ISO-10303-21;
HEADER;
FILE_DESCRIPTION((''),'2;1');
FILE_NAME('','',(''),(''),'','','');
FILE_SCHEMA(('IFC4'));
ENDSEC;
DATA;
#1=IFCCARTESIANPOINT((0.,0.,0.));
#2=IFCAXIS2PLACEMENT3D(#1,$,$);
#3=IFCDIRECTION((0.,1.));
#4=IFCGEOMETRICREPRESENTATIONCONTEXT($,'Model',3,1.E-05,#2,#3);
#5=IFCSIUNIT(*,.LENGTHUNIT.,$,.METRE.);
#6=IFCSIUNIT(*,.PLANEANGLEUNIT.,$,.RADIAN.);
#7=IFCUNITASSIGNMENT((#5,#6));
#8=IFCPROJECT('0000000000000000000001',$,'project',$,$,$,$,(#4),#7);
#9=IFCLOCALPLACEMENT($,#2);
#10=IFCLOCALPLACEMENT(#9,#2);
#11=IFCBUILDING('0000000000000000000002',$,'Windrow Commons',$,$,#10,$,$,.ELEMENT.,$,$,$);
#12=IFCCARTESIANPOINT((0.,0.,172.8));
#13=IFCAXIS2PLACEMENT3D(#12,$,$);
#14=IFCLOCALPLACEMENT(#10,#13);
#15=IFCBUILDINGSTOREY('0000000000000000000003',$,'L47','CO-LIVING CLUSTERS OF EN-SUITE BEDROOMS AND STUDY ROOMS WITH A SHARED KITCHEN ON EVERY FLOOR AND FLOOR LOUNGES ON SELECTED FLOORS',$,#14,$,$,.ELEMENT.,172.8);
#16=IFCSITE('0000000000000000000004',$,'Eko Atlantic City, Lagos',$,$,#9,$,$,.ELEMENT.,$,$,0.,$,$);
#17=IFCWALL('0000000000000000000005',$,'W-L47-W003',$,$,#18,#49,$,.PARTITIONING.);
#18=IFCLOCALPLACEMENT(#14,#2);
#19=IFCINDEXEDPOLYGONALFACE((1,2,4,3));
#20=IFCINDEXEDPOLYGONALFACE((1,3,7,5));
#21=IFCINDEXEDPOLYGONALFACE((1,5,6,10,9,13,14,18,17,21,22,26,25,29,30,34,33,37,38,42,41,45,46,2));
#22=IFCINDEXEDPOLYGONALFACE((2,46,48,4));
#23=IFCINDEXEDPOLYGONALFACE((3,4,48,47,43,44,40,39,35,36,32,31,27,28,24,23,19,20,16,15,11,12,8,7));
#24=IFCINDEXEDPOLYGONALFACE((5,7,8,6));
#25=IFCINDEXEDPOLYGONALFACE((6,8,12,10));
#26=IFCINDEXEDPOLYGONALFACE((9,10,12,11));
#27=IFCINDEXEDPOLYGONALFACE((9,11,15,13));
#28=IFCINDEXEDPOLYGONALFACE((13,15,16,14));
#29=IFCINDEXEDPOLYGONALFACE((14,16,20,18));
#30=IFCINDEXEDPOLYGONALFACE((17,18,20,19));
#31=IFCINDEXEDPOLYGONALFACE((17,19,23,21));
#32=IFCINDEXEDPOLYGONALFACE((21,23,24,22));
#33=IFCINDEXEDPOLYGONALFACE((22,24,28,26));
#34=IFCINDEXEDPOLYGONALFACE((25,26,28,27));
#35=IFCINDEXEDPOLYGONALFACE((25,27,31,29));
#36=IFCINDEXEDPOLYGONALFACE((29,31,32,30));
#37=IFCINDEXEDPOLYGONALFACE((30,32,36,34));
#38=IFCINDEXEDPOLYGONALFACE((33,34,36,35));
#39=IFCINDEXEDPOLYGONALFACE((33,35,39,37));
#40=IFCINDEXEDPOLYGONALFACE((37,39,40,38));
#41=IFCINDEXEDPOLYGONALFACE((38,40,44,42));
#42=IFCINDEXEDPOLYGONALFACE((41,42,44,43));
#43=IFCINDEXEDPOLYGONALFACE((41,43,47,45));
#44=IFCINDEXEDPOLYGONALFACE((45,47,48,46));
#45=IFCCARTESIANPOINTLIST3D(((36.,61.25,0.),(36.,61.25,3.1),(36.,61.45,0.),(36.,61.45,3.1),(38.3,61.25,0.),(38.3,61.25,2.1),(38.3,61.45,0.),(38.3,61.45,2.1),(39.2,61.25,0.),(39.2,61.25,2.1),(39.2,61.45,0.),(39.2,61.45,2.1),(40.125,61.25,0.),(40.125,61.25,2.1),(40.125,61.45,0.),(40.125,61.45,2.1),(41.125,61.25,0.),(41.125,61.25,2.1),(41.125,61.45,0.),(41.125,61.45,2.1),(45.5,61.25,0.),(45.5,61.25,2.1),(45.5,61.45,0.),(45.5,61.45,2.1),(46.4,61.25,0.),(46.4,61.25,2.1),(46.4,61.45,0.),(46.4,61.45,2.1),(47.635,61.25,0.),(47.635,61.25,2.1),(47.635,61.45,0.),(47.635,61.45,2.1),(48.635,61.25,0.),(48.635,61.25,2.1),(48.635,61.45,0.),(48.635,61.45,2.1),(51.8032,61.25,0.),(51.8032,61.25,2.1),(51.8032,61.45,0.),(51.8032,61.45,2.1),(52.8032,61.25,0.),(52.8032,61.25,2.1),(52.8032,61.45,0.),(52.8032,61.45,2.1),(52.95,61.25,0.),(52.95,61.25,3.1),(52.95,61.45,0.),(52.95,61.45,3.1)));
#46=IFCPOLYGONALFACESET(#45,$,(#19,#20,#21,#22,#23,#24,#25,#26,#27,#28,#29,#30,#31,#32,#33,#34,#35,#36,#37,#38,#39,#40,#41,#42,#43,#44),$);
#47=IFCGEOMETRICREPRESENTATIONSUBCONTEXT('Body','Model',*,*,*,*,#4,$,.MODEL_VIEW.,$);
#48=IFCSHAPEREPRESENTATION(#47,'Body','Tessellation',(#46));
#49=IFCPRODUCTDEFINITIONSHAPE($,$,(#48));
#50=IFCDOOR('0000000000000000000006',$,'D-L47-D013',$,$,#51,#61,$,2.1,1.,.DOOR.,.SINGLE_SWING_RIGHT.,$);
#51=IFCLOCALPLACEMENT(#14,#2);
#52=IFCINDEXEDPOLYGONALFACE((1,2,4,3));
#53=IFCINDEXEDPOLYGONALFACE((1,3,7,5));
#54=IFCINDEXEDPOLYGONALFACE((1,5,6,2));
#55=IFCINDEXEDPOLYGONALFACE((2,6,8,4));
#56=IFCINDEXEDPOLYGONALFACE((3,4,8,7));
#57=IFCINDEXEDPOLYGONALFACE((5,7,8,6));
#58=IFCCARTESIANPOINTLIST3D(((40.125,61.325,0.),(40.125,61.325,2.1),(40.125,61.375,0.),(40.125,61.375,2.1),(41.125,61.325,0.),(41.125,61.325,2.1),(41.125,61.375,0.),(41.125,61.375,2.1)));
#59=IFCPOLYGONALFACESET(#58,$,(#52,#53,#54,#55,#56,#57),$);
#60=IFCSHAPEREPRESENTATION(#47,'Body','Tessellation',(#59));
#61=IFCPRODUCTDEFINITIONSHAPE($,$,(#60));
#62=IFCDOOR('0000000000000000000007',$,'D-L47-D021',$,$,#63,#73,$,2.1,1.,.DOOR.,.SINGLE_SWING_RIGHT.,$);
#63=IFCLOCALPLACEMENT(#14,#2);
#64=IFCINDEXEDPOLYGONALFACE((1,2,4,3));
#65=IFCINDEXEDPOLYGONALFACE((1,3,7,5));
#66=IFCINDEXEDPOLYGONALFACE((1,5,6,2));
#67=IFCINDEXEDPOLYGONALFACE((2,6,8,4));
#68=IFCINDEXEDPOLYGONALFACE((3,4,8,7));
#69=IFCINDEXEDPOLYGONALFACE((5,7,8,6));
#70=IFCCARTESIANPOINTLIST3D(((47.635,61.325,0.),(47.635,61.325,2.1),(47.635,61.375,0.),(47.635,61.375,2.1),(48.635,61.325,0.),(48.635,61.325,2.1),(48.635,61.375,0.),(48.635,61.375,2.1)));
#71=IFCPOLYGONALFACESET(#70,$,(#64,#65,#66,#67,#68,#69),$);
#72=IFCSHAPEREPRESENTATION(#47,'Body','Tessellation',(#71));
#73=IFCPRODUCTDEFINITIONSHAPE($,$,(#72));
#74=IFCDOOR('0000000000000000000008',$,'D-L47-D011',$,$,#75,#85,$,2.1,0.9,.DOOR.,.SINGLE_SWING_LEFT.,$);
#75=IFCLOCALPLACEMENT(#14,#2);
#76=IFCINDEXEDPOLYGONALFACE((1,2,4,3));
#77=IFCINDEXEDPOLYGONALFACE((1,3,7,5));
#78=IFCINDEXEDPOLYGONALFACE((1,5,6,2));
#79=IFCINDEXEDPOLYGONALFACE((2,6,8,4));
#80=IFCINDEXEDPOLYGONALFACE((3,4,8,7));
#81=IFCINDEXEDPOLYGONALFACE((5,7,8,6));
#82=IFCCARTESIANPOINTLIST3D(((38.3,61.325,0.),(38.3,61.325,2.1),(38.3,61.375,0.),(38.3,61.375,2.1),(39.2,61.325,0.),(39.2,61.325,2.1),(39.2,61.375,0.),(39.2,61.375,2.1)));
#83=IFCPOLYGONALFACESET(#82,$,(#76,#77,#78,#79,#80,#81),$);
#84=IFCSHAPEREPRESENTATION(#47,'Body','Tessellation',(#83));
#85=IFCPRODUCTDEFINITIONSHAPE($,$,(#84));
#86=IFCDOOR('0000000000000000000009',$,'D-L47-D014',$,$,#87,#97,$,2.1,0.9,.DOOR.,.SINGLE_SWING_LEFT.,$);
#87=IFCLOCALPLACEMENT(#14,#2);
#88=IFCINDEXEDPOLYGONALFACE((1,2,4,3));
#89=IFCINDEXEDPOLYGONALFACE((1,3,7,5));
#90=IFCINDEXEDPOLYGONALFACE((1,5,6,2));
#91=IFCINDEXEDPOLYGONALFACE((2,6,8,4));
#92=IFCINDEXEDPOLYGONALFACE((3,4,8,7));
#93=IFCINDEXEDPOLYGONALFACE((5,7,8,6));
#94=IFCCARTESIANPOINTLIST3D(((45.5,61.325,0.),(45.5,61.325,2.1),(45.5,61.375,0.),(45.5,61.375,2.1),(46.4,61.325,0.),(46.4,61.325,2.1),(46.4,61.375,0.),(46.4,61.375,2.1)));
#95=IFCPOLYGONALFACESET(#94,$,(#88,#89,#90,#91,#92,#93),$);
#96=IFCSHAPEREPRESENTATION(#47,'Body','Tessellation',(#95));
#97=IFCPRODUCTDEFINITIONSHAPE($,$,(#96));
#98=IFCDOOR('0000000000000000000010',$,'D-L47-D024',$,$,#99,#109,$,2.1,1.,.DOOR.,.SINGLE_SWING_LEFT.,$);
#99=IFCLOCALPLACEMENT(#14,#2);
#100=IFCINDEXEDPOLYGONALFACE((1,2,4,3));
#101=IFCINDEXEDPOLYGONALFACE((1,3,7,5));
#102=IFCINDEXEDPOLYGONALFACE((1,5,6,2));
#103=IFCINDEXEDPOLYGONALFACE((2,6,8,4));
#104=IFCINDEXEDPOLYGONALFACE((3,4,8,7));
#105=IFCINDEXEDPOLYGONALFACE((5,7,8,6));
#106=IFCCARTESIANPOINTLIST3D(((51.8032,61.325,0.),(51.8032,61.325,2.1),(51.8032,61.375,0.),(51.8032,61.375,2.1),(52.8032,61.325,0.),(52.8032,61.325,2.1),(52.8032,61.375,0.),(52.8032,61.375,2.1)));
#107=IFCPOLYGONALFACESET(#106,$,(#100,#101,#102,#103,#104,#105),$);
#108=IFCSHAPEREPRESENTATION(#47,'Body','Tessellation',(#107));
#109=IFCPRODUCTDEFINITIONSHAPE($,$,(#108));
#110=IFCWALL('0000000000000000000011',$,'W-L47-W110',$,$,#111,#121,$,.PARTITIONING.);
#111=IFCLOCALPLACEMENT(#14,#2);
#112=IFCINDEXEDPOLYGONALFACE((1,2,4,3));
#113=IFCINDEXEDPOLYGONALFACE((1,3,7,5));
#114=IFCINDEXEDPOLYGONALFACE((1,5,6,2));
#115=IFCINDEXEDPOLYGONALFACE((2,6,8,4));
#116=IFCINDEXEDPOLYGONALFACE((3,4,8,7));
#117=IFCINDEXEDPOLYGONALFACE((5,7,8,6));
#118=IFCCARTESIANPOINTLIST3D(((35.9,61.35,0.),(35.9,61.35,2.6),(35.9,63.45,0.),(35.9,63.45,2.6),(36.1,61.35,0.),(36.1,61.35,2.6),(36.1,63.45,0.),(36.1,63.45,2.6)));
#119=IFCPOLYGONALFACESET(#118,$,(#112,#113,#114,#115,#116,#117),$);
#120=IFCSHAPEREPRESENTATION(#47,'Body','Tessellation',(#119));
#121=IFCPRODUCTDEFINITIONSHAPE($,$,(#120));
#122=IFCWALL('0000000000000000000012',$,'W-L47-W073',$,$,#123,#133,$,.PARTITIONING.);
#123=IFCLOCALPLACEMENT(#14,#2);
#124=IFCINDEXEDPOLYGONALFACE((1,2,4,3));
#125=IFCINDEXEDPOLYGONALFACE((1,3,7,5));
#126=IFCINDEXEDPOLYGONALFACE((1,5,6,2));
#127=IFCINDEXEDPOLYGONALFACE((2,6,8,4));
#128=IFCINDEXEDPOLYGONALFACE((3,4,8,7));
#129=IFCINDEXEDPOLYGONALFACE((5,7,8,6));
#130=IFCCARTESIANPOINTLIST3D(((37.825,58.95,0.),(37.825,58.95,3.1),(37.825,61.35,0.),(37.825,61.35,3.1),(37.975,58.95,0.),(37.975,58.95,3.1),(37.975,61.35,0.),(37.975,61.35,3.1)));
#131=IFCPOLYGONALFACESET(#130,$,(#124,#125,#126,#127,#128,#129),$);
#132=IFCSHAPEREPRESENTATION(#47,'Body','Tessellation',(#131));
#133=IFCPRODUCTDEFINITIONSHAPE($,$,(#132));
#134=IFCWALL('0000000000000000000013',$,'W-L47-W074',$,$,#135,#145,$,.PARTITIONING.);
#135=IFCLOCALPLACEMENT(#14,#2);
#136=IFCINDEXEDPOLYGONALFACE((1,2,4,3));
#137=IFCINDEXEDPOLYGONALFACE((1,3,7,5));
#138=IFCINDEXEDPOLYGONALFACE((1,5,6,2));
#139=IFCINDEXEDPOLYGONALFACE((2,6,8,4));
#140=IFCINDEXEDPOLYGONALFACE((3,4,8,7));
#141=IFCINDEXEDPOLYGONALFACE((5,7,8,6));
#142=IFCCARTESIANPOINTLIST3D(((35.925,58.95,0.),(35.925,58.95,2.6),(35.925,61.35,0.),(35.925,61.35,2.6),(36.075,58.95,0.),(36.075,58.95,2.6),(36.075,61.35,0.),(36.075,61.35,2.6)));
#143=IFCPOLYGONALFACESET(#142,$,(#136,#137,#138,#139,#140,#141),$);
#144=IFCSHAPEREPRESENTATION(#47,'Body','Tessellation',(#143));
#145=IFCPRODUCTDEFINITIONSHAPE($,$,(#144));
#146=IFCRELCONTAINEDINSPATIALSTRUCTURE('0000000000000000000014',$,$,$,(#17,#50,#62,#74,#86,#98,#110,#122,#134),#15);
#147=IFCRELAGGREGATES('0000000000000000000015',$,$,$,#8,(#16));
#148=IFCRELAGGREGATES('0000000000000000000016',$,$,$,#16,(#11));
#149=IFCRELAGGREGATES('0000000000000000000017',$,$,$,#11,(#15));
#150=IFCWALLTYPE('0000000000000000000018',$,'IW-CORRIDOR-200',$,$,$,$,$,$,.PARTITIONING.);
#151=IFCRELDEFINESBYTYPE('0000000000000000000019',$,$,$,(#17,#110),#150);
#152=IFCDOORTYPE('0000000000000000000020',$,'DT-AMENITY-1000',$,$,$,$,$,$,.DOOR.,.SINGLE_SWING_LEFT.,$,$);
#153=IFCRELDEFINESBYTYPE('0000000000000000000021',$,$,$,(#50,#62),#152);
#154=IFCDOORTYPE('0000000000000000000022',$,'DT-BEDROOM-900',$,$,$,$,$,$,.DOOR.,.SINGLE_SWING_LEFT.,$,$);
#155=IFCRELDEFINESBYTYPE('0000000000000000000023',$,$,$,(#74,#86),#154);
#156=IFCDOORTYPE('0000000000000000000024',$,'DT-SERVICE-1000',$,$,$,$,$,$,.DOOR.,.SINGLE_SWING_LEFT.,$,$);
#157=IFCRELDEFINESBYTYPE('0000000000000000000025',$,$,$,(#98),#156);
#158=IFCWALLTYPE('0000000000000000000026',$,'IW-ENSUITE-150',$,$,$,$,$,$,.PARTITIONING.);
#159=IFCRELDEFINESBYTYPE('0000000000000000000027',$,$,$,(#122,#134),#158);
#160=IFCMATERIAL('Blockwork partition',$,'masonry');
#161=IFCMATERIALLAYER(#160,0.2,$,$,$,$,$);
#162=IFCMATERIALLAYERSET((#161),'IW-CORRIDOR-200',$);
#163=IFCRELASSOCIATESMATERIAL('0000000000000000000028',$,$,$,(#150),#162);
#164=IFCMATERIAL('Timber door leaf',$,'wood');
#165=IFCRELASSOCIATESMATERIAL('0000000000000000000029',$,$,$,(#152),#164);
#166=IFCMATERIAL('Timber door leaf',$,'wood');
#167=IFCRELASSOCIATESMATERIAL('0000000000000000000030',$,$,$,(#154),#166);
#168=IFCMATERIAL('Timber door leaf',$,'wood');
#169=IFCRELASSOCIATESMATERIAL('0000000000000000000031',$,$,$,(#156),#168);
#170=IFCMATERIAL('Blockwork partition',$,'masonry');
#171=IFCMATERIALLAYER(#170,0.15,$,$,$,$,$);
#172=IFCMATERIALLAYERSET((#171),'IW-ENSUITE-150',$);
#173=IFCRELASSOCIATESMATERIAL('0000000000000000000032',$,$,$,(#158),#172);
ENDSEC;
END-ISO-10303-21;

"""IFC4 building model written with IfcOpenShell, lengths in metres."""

from ifc_helpers import new_model, si_unit, direction, frame, frame_2d, origin, place, context, subcontext, project, spatial, rectangle, extrude, material, layer, layer_set, type_object, element, fill, save


model = new_model("IFC4")

# Units and contexts
model_context = context("Model", 3, precision=1e-05, world=origin(), true_north=direction((0.0, 1.0)))
body_context = subcontext(model_context, "Body", "Model", "MODEL_VIEW")
ifc_project = project(units=[si_unit("LENGTHUNIT", "METRE"), si_unit("PLANEANGLEUNIT", "RADIAN")], contexts=[model_context])

# Site, building, storey
site_placement = place(None, origin())
site = spatial("IfcSite", under=ifc_project, at=site_placement, Name="Eko Atlantic City, Lagos", CompositionType="ELEMENT", RefElevation=0.0)
building_placement = place(site_placement, origin())
building = spatial("IfcBuilding", under=site, at=building_placement, Name="Windrow Commons", CompositionType="ELEMENT")
storey_placement = place(building_placement, frame((0.0, 0.0, 172.8)))
storey = spatial("IfcBuildingStorey", under=building, at=storey_placement, Name="L47", Description="CO-LIVING CLUSTERS OF EN-SUITE BEDROOMS AND STUDY ROOMS WITH A SHARED KITCHEN ON EVERY FLOOR AND FLOOR LOUNGES ON SELECTED FLOORS", CompositionType="ELEMENT", Elevation=172.8)

# Wall, openings, doors
ifc_material_1 = material(Name="Blockwork partition", Category="masonry")
ifc_layer_1 = layer(ifc_material_1, 0.2)
ifc_layer_set_1 = layer_set([ifc_layer_1], Name="IW-CORRIDOR-200")
wall_type_1 = type_object("IfcWallType", Name="IW-CORRIDOR-200", PredefinedType="PARTITIONING", material=ifc_layer_set_1)
wall_1_placement = place(storey_placement, frame((36.0, 61.35, 0.0), z_axis=(0.0, 0.0, 1.0), x_axis=(1.0, 0.0, 0.0)))
wall_1 = element("IfcWall", 1, at=wall_1_placement, inside=storey, type_object=wall_type_1, Name="W-L47-W003", PredefinedType="PARTITIONING", context=body_context, shape_type="SweptSolid", body=[
    extrude(rectangle(XDim=16.95, YDim=0.2, at=frame_2d((8.475, 0.0))), origin(), (0.0, 0.0, 1.0), 3.1),
])
opening_1_placement = place(wall_1_placement, frame((2.3, 0.0, 0.0)))
opening_1 = element("IfcOpeningElement", 2, at=opening_1_placement, cuts=wall_1, PredefinedType="OPENING", context=body_context, shape_type="SweptSolid", body=[
    extrude(rectangle(XDim=0.9, YDim=2.1, at=frame_2d((0.45, 1.05))), frame((0.0, 0.11, 0.0), z_axis=(0.0, -1.0, 0.0), x_axis=(1.0, 0.0, 0.0)), (0.0, 0.0, 1.0), 0.22),
])
opening_2_placement = place(wall_1_placement, frame((4.125, 0.0, 0.0)))
opening_2 = element("IfcOpeningElement", 3, at=opening_2_placement, cuts=wall_1, PredefinedType="OPENING", context=body_context, shape_type="SweptSolid", body=[
    extrude(rectangle(XDim=1.0, YDim=2.1, at=frame_2d((0.5, 1.05))), frame((0.0, 0.11, 0.0), z_axis=(0.0, -1.0, 0.0), x_axis=(1.0, 0.0, 0.0)), (0.0, 0.0, 1.0), 0.22),
])
opening_3_placement = place(wall_1_placement, frame((9.5, 0.0, 0.0)))
opening_3 = element("IfcOpeningElement", 4, at=opening_3_placement, cuts=wall_1, PredefinedType="OPENING", context=body_context, shape_type="SweptSolid", body=[
    extrude(rectangle(XDim=0.9, YDim=2.1, at=frame_2d((0.45, 1.05))), frame((0.0, 0.11, 0.0), z_axis=(0.0, -1.0, 0.0), x_axis=(1.0, 0.0, 0.0)), (0.0, 0.0, 1.0), 0.22),
])
opening_4_placement = place(wall_1_placement, frame((11.635, 0.0, 0.0)))
opening_4 = element("IfcOpeningElement", 5, at=opening_4_placement, cuts=wall_1, PredefinedType="OPENING", context=body_context, shape_type="SweptSolid", body=[
    extrude(rectangle(XDim=1.0, YDim=2.1, at=frame_2d((0.5, 1.05))), frame((0.0, 0.11, 0.0), z_axis=(0.0, -1.0, 0.0), x_axis=(1.0, 0.0, 0.0)), (0.0, 0.0, 1.0), 0.22),
])
opening_5_placement = place(wall_1_placement, frame((15.8032, 0.0, 0.0)))
opening_5 = element("IfcOpeningElement", 6, at=opening_5_placement, cuts=wall_1, PredefinedType="OPENING", context=body_context, shape_type="SweptSolid", body=[
    extrude(rectangle(XDim=1.0, YDim=2.1, at=frame_2d((0.5, 1.05))), frame((0.0, 0.11, 0.0), z_axis=(0.0, -1.0, 0.0), x_axis=(1.0, 0.0, 0.0)), (0.0, 0.0, 1.0), 0.22),
])
ifc_material_2 = material(Name="Timber door leaf", Category="wood")
door_type_1 = type_object("IfcDoorType", Name="DT-AMENITY-1000", OperationType="SINGLE_SWING_LEFT", PredefinedType="DOOR", material=ifc_material_2)
door_1_placement = place(opening_2_placement, origin())
door_1 = element("IfcDoor", 7, at=door_1_placement, inside=storey, type_object=door_type_1, Name="D-L47-D013", OperationType="SINGLE_SWING_RIGHT", OverallHeight=2.1, OverallWidth=1.0, PredefinedType="DOOR", context=body_context, shape_type="SweptSolid", body=[
    extrude(rectangle(XDim=1.0, YDim=2.1, at=frame_2d((0.5, 1.05))), frame((0.0, 0.025, 0.0), z_axis=(0.0, -1.0, 0.0), x_axis=(1.0, 0.0, 0.0)), (0.0, 0.0, 1.0), 0.05),
])
fill(opening_2, door_1)
door_2_placement = place(opening_4_placement, origin())
door_2 = element("IfcDoor", 8, at=door_2_placement, inside=storey, type_object=door_type_1, Name="D-L47-D021", OperationType="SINGLE_SWING_RIGHT", OverallHeight=2.1, OverallWidth=1.0, PredefinedType="DOOR", context=body_context, shape_type="SweptSolid", body=[
    extrude(rectangle(XDim=1.0, YDim=2.1, at=frame_2d((0.5, 1.05))), frame((0.0, 0.025, 0.0), z_axis=(0.0, -1.0, 0.0), x_axis=(1.0, 0.0, 0.0)), (0.0, 0.0, 1.0), 0.05),
])
fill(opening_4, door_2)
ifc_material_3 = material(Name="Timber door leaf", Category="wood")
door_type_2 = type_object("IfcDoorType", Name="DT-BEDROOM-900", OperationType="SINGLE_SWING_LEFT", PredefinedType="DOOR", material=ifc_material_3)
door_3_placement = place(opening_1_placement, origin())
door_3 = element("IfcDoor", 9, at=door_3_placement, inside=storey, type_object=door_type_2, Name="D-L47-D011", OperationType="SINGLE_SWING_LEFT", OverallHeight=2.1, OverallWidth=0.9, PredefinedType="DOOR", context=body_context, shape_type="SweptSolid", body=[
    extrude(rectangle(XDim=0.9, YDim=2.1, at=frame_2d((0.45, 1.05))), frame((0.0, 0.025, 0.0), z_axis=(0.0, -1.0, 0.0), x_axis=(1.0, 0.0, 0.0)), (0.0, 0.0, 1.0), 0.05),
])
fill(opening_1, door_3)
door_4_placement = place(opening_3_placement, origin())
door_4 = element("IfcDoor", 10, at=door_4_placement, inside=storey, type_object=door_type_2, Name="D-L47-D014", OperationType="SINGLE_SWING_LEFT", OverallHeight=2.1, OverallWidth=0.9, PredefinedType="DOOR", context=body_context, shape_type="SweptSolid", body=[
    extrude(rectangle(XDim=0.9, YDim=2.1, at=frame_2d((0.45, 1.05))), frame((0.0, 0.025, 0.0), z_axis=(0.0, -1.0, 0.0), x_axis=(1.0, 0.0, 0.0)), (0.0, 0.0, 1.0), 0.05),
])
fill(opening_3, door_4)
ifc_material_4 = material(Name="Timber door leaf", Category="wood")
door_type_3 = type_object("IfcDoorType", Name="DT-SERVICE-1000", OperationType="SINGLE_SWING_LEFT", PredefinedType="DOOR", material=ifc_material_4)
door_5_placement = place(opening_5_placement, origin())
door_5 = element("IfcDoor", 11, at=door_5_placement, inside=storey, type_object=door_type_3, Name="D-L47-D024", OperationType="SINGLE_SWING_LEFT", OverallHeight=2.1, OverallWidth=1.0, PredefinedType="DOOR", context=body_context, shape_type="SweptSolid", body=[
    extrude(rectangle(XDim=1.0, YDim=2.1, at=frame_2d((0.5, 1.05))), frame((0.0, 0.025, 0.0), z_axis=(0.0, -1.0, 0.0), x_axis=(1.0, 0.0, 0.0)), (0.0, 0.0, 1.0), 0.05),
])
fill(opening_5, door_5)

# Walls
wall_2_placement = place(storey_placement, frame((36.0, 61.35, 0.0), z_axis=(0.0, 0.0, 1.0), x_axis=(0.0, 1.0, 0.0)))
element("IfcWall", 12, at=wall_2_placement, inside=storey, type_object=wall_type_1, Name="W-L47-W110", PredefinedType="PARTITIONING", context=body_context, shape_type="SweptSolid", body=[
    extrude(rectangle(XDim=2.1, YDim=0.2, at=frame_2d((1.05, 0.0))), origin(), (0.0, 0.0, 1.0), 2.6),
])
ifc_material_5 = material(Name="Blockwork partition", Category="masonry")
ifc_layer_2 = layer(ifc_material_5, 0.15)
ifc_layer_set_2 = layer_set([ifc_layer_2], Name="IW-ENSUITE-150")
wall_type_2 = type_object("IfcWallType", Name="IW-ENSUITE-150", PredefinedType="PARTITIONING", material=ifc_layer_set_2)
wall_3_placement = place(storey_placement, frame((37.9, 58.95, 0.0), z_axis=(0.0, 0.0, 1.0), x_axis=(0.0, 1.0, 0.0)))
element("IfcWall", 13, at=wall_3_placement, inside=storey, type_object=wall_type_2, Name="W-L47-W073", PredefinedType="PARTITIONING", context=body_context, shape_type="SweptSolid", body=[
    extrude(rectangle(XDim=2.4, YDim=0.15, at=frame_2d((1.2, 0.0))), origin(), (0.0, 0.0, 1.0), 3.1),
])
wall_4_placement = place(storey_placement, frame((36.0, 58.95, 0.0), z_axis=(0.0, 0.0, 1.0), x_axis=(0.0, 1.0, 0.0)))
element("IfcWall", 14, at=wall_4_placement, inside=storey, type_object=wall_type_2, Name="W-L47-W074", PredefinedType="PARTITIONING", context=body_context, shape_type="SweptSolid", body=[
    extrude(rectangle(XDim=2.4, YDim=0.15, at=frame_2d((1.2, 0.0))), origin(), (0.0, 0.0, 1.0), 2.6),
])

save(model, "model.ifc")
